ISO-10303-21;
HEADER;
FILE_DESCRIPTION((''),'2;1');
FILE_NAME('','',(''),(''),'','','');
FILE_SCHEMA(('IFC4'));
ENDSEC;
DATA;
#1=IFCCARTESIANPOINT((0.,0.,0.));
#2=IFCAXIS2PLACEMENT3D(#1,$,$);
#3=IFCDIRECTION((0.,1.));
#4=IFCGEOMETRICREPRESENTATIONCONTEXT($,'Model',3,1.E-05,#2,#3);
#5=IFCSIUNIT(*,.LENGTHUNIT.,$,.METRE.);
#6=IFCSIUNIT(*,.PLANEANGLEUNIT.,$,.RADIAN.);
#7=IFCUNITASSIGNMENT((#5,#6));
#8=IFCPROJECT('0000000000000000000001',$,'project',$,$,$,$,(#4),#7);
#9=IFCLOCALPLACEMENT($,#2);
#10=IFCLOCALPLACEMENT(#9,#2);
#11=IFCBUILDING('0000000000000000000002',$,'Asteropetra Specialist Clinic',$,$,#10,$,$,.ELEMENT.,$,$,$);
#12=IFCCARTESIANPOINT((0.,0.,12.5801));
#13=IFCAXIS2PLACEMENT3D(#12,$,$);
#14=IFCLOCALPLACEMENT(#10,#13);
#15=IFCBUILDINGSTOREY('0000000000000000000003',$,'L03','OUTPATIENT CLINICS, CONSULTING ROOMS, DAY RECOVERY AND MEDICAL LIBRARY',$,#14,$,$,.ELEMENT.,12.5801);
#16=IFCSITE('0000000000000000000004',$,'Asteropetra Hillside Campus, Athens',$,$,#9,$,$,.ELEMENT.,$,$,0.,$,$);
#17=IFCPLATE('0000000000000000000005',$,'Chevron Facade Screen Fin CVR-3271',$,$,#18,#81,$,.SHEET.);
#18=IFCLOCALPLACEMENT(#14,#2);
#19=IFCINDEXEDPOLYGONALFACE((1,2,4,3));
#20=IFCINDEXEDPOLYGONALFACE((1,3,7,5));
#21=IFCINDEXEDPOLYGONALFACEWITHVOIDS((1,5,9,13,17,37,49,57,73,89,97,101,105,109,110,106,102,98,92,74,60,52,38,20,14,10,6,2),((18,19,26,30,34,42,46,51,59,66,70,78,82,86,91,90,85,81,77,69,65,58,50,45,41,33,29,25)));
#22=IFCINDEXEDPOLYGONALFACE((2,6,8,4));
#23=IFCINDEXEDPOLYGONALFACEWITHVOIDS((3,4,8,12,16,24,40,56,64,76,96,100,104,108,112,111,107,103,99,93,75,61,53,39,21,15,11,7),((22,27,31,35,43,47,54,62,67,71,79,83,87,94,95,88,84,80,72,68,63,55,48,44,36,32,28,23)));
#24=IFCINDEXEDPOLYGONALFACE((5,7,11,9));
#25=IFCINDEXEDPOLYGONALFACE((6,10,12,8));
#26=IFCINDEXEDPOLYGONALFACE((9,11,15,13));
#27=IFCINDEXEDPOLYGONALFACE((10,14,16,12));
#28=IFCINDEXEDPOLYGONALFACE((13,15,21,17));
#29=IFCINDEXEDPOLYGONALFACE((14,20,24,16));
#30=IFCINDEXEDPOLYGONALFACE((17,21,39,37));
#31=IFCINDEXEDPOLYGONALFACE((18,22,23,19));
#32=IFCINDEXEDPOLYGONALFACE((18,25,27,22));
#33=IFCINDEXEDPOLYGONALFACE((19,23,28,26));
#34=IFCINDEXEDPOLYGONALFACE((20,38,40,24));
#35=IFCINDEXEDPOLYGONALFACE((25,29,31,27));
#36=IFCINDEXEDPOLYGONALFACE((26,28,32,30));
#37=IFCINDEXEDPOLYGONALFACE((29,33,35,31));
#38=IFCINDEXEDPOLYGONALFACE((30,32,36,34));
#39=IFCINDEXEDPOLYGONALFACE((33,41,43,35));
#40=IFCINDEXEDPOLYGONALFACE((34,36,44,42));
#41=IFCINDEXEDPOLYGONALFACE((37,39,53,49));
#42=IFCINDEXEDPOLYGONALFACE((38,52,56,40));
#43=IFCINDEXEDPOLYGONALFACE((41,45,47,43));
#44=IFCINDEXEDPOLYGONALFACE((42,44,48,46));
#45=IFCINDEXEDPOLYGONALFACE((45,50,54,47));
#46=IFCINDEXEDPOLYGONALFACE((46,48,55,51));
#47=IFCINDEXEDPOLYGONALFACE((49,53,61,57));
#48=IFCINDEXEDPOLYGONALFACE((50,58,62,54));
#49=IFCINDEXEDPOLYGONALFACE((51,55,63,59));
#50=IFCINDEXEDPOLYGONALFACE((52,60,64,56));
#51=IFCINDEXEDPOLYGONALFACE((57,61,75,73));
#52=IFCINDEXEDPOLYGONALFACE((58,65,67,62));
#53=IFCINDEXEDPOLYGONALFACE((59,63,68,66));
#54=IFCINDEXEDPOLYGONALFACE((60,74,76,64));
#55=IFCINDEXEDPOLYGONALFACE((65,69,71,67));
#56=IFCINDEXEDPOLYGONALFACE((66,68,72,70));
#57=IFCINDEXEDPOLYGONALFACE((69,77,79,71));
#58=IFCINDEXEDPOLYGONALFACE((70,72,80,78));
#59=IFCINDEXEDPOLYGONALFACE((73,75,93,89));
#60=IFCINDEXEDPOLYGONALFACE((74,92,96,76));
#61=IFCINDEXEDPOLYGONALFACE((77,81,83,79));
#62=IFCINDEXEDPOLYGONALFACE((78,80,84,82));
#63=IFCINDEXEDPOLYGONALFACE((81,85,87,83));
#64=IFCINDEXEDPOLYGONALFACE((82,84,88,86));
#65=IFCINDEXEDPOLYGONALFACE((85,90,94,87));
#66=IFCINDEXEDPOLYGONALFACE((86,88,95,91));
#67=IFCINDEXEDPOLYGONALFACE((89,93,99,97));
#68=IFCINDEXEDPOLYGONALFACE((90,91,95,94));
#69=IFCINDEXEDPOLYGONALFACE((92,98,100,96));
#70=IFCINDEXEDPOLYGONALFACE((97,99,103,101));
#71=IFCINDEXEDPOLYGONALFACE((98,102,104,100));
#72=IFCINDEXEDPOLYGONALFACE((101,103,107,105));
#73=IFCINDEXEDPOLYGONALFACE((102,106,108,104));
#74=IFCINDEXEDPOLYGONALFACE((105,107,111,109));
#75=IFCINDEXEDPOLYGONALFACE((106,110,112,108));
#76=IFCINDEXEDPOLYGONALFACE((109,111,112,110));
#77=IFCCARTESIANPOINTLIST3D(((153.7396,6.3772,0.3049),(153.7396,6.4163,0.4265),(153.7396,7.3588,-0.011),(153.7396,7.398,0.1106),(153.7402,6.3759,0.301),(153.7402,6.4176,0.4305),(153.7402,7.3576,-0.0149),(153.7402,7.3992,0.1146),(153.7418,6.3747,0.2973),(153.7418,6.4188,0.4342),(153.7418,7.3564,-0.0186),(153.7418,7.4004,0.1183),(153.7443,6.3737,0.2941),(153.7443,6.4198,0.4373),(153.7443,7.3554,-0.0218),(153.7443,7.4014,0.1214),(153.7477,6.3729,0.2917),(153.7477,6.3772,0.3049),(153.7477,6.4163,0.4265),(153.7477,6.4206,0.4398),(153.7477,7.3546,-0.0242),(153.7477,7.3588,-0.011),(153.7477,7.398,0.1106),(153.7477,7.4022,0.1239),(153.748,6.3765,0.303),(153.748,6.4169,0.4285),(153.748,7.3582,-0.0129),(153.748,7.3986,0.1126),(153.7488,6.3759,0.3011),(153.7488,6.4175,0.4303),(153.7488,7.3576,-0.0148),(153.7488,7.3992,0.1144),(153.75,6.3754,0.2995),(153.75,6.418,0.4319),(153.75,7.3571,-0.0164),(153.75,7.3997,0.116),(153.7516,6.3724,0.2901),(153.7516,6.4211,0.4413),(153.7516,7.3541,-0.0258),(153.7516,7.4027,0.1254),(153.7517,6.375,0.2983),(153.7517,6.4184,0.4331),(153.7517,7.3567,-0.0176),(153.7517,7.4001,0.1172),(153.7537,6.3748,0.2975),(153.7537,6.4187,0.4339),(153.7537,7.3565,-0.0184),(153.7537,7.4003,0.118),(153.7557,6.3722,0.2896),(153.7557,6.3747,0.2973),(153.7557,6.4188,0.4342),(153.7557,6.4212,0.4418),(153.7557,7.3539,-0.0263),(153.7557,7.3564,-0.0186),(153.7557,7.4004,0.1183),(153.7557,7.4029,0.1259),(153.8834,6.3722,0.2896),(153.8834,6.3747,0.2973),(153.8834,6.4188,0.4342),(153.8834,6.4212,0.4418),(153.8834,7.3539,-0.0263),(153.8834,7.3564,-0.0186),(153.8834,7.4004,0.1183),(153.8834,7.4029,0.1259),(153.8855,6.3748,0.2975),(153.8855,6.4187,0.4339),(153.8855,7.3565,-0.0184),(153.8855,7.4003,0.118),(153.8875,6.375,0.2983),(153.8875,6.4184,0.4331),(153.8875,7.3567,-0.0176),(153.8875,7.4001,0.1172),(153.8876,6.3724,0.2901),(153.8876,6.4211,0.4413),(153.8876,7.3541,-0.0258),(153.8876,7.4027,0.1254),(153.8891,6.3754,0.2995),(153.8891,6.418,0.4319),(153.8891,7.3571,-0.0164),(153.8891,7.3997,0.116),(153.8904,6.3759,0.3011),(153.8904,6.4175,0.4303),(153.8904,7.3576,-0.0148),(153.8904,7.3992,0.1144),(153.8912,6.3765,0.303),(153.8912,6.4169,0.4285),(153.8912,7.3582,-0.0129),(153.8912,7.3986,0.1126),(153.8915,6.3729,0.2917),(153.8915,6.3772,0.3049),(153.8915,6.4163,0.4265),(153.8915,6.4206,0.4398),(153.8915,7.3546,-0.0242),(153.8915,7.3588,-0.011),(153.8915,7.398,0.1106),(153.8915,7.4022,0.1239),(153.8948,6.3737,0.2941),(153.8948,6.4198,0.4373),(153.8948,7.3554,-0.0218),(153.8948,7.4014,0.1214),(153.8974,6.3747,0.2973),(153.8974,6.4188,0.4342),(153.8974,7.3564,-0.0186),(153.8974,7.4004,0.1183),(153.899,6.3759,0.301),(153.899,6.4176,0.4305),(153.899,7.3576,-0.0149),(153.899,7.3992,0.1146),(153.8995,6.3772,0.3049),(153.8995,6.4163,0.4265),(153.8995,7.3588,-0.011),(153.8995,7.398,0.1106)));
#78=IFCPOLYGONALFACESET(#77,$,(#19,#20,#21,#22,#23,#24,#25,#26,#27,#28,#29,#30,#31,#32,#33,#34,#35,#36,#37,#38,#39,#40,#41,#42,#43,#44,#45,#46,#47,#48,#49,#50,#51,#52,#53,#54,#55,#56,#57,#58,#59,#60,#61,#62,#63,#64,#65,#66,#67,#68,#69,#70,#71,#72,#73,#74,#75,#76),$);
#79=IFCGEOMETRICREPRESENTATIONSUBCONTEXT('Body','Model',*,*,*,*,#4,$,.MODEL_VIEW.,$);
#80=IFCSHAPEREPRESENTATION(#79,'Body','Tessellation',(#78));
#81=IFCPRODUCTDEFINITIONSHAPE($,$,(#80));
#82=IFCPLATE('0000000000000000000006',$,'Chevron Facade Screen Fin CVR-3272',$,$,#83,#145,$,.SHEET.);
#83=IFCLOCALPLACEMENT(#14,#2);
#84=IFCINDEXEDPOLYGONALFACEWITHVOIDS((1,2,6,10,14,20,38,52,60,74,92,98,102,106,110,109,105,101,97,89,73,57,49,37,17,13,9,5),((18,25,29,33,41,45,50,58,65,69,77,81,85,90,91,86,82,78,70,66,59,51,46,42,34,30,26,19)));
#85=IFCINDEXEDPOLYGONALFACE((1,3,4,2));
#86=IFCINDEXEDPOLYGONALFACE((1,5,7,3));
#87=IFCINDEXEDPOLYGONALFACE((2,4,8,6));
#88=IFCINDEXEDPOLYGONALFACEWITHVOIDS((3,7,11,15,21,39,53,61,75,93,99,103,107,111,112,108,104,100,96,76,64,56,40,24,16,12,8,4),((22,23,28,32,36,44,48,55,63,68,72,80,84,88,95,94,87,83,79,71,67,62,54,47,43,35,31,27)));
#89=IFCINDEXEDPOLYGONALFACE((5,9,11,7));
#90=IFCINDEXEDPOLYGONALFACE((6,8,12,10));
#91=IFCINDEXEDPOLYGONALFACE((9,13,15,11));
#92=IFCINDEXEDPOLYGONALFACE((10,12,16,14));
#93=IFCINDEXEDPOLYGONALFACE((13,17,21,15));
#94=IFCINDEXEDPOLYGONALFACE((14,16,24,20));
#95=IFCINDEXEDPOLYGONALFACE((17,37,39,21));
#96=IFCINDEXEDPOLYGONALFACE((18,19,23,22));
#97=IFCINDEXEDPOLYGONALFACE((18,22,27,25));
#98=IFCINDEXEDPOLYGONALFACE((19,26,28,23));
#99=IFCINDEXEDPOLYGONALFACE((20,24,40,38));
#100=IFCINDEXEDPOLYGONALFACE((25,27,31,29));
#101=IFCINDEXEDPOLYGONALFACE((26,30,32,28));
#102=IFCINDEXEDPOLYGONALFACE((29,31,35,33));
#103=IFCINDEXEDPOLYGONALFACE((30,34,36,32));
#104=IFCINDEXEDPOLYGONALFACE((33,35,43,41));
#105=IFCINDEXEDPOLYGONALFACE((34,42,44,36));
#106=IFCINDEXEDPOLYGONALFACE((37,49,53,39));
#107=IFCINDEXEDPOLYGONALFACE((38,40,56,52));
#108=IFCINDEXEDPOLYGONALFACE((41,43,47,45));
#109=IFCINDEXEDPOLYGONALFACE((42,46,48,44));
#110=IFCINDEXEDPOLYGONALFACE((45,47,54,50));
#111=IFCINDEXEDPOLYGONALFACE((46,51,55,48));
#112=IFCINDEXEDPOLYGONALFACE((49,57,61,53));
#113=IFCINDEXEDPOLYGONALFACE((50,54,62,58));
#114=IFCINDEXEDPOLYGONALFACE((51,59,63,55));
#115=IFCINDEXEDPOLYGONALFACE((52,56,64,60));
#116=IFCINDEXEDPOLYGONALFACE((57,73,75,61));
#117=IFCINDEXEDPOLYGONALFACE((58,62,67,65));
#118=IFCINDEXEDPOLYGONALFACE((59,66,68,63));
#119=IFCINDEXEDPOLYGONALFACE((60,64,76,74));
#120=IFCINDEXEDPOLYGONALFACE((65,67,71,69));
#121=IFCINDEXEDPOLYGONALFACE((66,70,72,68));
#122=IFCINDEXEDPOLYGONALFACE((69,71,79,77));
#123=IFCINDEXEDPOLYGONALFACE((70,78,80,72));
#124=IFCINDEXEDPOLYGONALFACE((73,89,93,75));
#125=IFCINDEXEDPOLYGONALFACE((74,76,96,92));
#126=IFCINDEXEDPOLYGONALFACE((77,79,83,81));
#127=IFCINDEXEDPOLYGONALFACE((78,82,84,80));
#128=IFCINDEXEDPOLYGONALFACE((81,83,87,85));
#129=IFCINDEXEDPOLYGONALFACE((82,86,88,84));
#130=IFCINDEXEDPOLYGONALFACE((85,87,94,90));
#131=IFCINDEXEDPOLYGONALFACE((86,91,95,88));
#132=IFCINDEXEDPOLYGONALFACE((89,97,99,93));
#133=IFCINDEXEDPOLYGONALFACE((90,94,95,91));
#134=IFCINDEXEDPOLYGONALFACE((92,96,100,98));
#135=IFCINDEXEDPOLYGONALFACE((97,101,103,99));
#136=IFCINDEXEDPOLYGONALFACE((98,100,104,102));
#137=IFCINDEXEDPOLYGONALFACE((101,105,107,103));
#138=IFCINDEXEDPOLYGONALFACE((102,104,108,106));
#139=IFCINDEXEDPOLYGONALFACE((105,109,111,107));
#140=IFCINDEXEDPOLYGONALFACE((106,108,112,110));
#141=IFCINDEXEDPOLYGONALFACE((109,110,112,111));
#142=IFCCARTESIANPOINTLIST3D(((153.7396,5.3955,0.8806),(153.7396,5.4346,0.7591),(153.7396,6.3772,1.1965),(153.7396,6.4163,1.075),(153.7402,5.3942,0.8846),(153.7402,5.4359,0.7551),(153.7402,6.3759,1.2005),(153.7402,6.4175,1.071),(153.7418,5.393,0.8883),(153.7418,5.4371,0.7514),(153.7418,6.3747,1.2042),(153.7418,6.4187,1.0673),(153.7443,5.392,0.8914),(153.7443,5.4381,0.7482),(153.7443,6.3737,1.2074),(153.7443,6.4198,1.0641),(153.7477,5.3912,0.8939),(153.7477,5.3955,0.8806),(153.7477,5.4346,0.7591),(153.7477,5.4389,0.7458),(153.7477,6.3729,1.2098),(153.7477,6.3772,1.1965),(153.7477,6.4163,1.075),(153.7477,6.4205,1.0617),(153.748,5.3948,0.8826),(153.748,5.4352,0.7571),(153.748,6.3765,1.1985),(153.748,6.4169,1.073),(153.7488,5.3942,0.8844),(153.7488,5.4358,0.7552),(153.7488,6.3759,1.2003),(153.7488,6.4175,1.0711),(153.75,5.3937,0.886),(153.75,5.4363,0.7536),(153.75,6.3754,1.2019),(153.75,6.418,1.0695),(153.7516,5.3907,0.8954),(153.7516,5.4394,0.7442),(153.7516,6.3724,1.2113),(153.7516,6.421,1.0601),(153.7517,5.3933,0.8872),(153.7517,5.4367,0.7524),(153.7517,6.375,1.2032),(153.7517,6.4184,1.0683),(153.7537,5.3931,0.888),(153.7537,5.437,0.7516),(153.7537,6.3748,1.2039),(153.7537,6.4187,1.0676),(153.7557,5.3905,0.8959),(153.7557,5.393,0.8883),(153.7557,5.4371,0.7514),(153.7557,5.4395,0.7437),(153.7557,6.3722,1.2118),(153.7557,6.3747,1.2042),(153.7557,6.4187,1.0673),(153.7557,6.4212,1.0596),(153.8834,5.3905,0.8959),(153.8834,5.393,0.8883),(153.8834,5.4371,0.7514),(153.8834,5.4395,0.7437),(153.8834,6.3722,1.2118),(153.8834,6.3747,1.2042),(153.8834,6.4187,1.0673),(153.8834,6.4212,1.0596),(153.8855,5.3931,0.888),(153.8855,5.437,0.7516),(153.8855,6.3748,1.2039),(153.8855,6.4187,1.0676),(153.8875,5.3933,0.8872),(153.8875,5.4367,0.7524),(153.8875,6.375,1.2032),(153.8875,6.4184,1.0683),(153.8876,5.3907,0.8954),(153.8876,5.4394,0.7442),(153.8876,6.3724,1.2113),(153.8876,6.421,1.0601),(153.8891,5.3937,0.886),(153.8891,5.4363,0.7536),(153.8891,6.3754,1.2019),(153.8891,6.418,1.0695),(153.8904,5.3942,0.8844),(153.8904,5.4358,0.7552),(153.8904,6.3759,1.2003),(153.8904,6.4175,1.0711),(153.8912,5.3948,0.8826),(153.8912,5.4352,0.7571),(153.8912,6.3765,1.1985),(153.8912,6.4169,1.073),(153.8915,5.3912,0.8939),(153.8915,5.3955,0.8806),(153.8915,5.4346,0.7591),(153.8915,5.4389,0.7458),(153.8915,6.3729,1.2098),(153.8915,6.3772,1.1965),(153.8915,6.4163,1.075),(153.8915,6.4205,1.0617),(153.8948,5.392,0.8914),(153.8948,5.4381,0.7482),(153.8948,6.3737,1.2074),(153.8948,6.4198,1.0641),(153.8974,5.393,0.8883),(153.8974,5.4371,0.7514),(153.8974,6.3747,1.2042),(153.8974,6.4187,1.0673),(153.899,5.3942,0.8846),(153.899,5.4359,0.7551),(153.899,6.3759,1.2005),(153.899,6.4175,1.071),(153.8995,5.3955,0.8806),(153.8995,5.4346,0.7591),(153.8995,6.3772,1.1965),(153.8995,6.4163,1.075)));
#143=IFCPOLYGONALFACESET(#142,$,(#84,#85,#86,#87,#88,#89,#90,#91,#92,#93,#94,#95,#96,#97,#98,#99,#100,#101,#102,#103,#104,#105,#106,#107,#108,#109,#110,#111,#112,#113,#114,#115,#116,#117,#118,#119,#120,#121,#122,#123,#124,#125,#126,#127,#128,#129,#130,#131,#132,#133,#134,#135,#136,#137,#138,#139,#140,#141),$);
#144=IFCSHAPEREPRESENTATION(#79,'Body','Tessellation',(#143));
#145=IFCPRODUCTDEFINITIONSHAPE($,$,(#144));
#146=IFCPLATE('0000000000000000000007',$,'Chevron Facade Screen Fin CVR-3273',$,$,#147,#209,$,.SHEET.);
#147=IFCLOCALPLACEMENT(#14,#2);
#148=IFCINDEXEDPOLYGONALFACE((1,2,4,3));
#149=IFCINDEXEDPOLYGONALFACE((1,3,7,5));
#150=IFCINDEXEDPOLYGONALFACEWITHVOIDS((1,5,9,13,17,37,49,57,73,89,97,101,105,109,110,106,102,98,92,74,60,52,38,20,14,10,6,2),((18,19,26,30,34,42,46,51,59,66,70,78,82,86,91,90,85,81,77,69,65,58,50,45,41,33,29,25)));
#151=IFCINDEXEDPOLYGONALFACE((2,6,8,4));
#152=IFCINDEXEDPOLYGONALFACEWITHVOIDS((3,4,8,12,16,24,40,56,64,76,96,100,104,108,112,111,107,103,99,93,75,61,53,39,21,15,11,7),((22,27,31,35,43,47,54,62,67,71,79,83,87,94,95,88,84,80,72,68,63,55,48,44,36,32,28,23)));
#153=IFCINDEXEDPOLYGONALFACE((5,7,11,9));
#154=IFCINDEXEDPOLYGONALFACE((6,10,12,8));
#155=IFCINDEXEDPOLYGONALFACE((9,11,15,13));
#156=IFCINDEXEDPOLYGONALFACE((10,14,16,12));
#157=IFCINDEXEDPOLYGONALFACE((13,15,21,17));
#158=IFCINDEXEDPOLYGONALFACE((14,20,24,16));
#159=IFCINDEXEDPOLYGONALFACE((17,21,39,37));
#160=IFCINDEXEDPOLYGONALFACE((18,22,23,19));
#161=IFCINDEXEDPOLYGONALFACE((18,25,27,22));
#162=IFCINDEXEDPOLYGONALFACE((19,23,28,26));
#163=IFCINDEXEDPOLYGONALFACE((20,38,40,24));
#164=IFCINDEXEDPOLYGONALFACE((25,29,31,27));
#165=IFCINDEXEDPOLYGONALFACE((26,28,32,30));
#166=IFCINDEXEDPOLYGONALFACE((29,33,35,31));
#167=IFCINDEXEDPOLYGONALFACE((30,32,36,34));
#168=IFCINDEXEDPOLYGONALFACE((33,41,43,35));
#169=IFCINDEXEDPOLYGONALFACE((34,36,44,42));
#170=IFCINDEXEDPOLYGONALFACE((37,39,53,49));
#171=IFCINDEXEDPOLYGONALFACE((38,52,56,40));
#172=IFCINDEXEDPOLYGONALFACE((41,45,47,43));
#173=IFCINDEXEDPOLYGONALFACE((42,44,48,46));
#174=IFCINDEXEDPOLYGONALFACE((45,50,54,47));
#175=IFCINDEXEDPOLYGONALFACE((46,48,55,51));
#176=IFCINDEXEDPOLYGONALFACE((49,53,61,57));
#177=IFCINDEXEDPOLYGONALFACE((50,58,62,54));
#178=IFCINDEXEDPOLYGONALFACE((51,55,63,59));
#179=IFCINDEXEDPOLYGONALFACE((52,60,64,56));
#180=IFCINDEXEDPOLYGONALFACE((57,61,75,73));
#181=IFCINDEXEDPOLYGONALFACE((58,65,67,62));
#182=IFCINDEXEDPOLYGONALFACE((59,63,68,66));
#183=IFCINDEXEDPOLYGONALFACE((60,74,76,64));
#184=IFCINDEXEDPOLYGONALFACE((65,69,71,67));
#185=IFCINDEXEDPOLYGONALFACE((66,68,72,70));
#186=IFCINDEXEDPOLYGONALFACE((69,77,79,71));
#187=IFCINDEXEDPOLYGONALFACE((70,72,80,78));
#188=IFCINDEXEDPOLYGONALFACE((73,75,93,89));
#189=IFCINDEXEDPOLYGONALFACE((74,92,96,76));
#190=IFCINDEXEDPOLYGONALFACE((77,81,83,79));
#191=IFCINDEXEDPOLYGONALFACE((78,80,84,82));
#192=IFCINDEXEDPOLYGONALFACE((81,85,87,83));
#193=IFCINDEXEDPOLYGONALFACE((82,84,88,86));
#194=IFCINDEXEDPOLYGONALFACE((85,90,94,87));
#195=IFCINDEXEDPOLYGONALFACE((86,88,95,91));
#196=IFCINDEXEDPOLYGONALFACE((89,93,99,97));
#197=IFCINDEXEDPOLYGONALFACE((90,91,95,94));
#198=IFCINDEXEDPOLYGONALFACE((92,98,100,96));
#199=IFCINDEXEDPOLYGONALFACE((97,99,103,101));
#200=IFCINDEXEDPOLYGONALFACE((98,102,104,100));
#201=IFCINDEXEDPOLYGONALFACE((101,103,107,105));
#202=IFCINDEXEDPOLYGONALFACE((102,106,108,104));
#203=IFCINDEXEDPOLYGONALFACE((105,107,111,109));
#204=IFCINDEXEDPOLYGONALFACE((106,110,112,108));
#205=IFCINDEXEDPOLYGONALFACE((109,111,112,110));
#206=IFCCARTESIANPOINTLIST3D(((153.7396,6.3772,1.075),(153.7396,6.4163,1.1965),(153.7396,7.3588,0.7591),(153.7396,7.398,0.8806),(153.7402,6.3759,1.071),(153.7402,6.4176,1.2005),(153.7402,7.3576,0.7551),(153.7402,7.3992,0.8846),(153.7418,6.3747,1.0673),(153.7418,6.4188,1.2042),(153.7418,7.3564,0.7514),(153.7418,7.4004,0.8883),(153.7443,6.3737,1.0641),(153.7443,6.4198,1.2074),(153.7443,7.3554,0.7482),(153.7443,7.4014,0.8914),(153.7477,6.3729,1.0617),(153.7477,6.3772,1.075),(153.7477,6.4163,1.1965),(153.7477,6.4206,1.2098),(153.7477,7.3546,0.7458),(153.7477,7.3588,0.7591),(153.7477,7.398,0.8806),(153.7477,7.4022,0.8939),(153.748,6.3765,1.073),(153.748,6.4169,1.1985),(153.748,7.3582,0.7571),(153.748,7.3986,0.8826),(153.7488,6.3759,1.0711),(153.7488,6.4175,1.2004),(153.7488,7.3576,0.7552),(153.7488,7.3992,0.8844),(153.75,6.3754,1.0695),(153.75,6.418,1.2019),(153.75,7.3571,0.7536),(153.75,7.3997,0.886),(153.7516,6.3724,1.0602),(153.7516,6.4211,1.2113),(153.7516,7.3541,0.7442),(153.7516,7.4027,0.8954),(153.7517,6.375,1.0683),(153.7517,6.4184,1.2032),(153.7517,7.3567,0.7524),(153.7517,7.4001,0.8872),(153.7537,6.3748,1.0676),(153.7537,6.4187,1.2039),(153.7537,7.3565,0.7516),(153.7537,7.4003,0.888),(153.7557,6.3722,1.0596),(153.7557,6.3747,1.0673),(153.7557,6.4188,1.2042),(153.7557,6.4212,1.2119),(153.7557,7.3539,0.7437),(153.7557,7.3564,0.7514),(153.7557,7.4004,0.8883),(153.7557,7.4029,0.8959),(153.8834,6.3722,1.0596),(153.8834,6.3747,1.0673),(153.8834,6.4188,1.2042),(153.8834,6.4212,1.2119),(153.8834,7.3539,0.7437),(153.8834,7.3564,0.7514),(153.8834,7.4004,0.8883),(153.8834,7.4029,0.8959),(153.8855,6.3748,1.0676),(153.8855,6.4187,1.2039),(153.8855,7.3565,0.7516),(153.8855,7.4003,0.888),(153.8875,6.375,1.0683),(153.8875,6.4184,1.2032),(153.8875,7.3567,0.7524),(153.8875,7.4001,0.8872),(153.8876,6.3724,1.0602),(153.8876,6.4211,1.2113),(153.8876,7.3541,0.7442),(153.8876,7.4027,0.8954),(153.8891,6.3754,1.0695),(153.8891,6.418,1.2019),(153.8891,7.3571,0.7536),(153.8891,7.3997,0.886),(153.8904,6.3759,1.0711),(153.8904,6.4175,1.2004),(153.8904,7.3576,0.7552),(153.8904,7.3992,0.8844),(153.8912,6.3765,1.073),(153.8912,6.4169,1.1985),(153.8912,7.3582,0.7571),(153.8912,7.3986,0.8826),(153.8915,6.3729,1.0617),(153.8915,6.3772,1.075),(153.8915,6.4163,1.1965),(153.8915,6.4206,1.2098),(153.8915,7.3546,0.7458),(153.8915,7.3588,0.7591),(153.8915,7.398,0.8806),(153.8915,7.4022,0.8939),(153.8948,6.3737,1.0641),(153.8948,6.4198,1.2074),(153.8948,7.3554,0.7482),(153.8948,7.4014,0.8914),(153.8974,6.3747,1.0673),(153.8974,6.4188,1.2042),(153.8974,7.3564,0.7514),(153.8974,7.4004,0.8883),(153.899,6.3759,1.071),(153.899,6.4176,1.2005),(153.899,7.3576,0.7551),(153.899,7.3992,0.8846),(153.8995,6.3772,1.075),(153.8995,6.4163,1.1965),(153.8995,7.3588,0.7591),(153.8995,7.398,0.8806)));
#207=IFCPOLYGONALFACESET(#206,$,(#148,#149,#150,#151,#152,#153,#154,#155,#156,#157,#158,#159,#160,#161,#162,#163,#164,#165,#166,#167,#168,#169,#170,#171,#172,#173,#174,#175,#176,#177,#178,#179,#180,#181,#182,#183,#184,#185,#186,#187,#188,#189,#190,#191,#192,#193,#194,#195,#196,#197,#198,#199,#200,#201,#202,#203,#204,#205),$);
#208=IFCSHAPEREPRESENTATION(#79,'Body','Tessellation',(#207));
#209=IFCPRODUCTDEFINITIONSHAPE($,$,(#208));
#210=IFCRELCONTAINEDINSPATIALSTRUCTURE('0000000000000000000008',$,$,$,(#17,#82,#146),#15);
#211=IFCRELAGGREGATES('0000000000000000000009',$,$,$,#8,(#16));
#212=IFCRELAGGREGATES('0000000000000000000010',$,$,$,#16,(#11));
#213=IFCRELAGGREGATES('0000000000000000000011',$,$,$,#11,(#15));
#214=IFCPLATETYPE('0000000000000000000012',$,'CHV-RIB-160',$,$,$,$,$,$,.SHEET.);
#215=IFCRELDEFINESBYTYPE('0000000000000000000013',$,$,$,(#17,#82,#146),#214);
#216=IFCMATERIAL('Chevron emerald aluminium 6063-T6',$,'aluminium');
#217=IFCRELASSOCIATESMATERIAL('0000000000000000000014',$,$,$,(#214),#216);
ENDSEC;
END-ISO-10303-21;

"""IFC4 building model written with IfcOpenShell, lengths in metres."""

from ifc_helpers import new_model, si_unit, direction, frame, origin, origin_2d, place, context, subcontext, project, spatial, hollow_rectangle, extrude, material, material_profile, profile_set, type_object, element, save


model = new_model("IFC4")

# Units and contexts
model_context = context("Model", 3, precision=1e-05, world=origin(), true_north=direction((0.0, 1.0)))
body_context = subcontext(model_context, "Body", "Model", "MODEL_VIEW")
ifc_project = project(units=[si_unit("LENGTHUNIT", "METRE"), si_unit("PLANEANGLEUNIT", "RADIAN")], contexts=[model_context])

# Site, building, storey
site_placement = place(None, origin())
site = spatial("IfcSite", under=ifc_project, at=site_placement, Name="Asteropetra Hillside Campus, Athens", CompositionType="ELEMENT", RefElevation=0.0)
building_placement = place(site_placement, origin())
building = spatial("IfcBuilding", under=site, at=building_placement, Name="Asteropetra Specialist Clinic", CompositionType="ELEMENT")
storey_placement = place(building_placement, frame((0.0, 0.0, 12.5801)))
storey = spatial("IfcBuildingStorey", under=building, at=storey_placement, Name="L03", Description="OUTPATIENT CLINICS, CONSULTING ROOMS, DAY RECOVERY AND MEDICAL LIBRARY", CompositionType="ELEMENT", Elevation=12.5801)

# Plates
ifc_material_1 = material(Name="Chevron emerald aluminium 6063-T6", Category="aluminium")
ifc_material_profile_1 = material_profile(ifc_material_1, hollow_rectangle(XDim=0.1599, YDim=0.1599, WallThickness=0.0081, InnerFilletRadius=0.0081, OuterFilletRadius=0.0161, at=origin_2d()), Name="SHS 160x160x8.0")
ifc_profile_set_1 = profile_set([ifc_material_profile_1], Name="Chevron emerald aluminium 6063-T6")
plate_type = type_object("IfcPlateType", Name="CHV-RIB-160", PredefinedType="SHEET", material=ifc_profile_set_1)
for number, where, z_axis, x_axis, name in (
    (1, (153.8196, 6.3967, 0.3657), (0.0, 0.951923, -0.306339), (-1.0, 0.0, 0.0), "Chevron Facade Screen Fin CVR-3271"),
    (2, (153.8196, 5.415, 0.8198), (0.0, 0.951923, 0.306339), (-1.0, 0.0, 0.0), "Chevron Facade Screen Fin CVR-3272"),
    (3, (153.8196, 6.3967, 1.1357), (0.0, 0.951923, -0.306339), (-1.0, 0.0, 0.0), "Chevron Facade Screen Fin CVR-3273"),
):
    element("IfcPlate", number, at=place(storey_placement, frame(where, z_axis=z_axis, x_axis=x_axis)), inside=storey, type_object=plate_type, Name=name, PredefinedType="SHEET", context=body_context, shape_type="SweptSolid", body=[
        extrude(hollow_rectangle(XDim=0.1599, YDim=0.1599, WallThickness=0.0081, InnerFilletRadius=0.0081, OuterFilletRadius=0.0161, at=origin_2d()), origin(), (0.0, 0.0, 1.0), 1.0312),
    ])

save(model, "model.ifc")
